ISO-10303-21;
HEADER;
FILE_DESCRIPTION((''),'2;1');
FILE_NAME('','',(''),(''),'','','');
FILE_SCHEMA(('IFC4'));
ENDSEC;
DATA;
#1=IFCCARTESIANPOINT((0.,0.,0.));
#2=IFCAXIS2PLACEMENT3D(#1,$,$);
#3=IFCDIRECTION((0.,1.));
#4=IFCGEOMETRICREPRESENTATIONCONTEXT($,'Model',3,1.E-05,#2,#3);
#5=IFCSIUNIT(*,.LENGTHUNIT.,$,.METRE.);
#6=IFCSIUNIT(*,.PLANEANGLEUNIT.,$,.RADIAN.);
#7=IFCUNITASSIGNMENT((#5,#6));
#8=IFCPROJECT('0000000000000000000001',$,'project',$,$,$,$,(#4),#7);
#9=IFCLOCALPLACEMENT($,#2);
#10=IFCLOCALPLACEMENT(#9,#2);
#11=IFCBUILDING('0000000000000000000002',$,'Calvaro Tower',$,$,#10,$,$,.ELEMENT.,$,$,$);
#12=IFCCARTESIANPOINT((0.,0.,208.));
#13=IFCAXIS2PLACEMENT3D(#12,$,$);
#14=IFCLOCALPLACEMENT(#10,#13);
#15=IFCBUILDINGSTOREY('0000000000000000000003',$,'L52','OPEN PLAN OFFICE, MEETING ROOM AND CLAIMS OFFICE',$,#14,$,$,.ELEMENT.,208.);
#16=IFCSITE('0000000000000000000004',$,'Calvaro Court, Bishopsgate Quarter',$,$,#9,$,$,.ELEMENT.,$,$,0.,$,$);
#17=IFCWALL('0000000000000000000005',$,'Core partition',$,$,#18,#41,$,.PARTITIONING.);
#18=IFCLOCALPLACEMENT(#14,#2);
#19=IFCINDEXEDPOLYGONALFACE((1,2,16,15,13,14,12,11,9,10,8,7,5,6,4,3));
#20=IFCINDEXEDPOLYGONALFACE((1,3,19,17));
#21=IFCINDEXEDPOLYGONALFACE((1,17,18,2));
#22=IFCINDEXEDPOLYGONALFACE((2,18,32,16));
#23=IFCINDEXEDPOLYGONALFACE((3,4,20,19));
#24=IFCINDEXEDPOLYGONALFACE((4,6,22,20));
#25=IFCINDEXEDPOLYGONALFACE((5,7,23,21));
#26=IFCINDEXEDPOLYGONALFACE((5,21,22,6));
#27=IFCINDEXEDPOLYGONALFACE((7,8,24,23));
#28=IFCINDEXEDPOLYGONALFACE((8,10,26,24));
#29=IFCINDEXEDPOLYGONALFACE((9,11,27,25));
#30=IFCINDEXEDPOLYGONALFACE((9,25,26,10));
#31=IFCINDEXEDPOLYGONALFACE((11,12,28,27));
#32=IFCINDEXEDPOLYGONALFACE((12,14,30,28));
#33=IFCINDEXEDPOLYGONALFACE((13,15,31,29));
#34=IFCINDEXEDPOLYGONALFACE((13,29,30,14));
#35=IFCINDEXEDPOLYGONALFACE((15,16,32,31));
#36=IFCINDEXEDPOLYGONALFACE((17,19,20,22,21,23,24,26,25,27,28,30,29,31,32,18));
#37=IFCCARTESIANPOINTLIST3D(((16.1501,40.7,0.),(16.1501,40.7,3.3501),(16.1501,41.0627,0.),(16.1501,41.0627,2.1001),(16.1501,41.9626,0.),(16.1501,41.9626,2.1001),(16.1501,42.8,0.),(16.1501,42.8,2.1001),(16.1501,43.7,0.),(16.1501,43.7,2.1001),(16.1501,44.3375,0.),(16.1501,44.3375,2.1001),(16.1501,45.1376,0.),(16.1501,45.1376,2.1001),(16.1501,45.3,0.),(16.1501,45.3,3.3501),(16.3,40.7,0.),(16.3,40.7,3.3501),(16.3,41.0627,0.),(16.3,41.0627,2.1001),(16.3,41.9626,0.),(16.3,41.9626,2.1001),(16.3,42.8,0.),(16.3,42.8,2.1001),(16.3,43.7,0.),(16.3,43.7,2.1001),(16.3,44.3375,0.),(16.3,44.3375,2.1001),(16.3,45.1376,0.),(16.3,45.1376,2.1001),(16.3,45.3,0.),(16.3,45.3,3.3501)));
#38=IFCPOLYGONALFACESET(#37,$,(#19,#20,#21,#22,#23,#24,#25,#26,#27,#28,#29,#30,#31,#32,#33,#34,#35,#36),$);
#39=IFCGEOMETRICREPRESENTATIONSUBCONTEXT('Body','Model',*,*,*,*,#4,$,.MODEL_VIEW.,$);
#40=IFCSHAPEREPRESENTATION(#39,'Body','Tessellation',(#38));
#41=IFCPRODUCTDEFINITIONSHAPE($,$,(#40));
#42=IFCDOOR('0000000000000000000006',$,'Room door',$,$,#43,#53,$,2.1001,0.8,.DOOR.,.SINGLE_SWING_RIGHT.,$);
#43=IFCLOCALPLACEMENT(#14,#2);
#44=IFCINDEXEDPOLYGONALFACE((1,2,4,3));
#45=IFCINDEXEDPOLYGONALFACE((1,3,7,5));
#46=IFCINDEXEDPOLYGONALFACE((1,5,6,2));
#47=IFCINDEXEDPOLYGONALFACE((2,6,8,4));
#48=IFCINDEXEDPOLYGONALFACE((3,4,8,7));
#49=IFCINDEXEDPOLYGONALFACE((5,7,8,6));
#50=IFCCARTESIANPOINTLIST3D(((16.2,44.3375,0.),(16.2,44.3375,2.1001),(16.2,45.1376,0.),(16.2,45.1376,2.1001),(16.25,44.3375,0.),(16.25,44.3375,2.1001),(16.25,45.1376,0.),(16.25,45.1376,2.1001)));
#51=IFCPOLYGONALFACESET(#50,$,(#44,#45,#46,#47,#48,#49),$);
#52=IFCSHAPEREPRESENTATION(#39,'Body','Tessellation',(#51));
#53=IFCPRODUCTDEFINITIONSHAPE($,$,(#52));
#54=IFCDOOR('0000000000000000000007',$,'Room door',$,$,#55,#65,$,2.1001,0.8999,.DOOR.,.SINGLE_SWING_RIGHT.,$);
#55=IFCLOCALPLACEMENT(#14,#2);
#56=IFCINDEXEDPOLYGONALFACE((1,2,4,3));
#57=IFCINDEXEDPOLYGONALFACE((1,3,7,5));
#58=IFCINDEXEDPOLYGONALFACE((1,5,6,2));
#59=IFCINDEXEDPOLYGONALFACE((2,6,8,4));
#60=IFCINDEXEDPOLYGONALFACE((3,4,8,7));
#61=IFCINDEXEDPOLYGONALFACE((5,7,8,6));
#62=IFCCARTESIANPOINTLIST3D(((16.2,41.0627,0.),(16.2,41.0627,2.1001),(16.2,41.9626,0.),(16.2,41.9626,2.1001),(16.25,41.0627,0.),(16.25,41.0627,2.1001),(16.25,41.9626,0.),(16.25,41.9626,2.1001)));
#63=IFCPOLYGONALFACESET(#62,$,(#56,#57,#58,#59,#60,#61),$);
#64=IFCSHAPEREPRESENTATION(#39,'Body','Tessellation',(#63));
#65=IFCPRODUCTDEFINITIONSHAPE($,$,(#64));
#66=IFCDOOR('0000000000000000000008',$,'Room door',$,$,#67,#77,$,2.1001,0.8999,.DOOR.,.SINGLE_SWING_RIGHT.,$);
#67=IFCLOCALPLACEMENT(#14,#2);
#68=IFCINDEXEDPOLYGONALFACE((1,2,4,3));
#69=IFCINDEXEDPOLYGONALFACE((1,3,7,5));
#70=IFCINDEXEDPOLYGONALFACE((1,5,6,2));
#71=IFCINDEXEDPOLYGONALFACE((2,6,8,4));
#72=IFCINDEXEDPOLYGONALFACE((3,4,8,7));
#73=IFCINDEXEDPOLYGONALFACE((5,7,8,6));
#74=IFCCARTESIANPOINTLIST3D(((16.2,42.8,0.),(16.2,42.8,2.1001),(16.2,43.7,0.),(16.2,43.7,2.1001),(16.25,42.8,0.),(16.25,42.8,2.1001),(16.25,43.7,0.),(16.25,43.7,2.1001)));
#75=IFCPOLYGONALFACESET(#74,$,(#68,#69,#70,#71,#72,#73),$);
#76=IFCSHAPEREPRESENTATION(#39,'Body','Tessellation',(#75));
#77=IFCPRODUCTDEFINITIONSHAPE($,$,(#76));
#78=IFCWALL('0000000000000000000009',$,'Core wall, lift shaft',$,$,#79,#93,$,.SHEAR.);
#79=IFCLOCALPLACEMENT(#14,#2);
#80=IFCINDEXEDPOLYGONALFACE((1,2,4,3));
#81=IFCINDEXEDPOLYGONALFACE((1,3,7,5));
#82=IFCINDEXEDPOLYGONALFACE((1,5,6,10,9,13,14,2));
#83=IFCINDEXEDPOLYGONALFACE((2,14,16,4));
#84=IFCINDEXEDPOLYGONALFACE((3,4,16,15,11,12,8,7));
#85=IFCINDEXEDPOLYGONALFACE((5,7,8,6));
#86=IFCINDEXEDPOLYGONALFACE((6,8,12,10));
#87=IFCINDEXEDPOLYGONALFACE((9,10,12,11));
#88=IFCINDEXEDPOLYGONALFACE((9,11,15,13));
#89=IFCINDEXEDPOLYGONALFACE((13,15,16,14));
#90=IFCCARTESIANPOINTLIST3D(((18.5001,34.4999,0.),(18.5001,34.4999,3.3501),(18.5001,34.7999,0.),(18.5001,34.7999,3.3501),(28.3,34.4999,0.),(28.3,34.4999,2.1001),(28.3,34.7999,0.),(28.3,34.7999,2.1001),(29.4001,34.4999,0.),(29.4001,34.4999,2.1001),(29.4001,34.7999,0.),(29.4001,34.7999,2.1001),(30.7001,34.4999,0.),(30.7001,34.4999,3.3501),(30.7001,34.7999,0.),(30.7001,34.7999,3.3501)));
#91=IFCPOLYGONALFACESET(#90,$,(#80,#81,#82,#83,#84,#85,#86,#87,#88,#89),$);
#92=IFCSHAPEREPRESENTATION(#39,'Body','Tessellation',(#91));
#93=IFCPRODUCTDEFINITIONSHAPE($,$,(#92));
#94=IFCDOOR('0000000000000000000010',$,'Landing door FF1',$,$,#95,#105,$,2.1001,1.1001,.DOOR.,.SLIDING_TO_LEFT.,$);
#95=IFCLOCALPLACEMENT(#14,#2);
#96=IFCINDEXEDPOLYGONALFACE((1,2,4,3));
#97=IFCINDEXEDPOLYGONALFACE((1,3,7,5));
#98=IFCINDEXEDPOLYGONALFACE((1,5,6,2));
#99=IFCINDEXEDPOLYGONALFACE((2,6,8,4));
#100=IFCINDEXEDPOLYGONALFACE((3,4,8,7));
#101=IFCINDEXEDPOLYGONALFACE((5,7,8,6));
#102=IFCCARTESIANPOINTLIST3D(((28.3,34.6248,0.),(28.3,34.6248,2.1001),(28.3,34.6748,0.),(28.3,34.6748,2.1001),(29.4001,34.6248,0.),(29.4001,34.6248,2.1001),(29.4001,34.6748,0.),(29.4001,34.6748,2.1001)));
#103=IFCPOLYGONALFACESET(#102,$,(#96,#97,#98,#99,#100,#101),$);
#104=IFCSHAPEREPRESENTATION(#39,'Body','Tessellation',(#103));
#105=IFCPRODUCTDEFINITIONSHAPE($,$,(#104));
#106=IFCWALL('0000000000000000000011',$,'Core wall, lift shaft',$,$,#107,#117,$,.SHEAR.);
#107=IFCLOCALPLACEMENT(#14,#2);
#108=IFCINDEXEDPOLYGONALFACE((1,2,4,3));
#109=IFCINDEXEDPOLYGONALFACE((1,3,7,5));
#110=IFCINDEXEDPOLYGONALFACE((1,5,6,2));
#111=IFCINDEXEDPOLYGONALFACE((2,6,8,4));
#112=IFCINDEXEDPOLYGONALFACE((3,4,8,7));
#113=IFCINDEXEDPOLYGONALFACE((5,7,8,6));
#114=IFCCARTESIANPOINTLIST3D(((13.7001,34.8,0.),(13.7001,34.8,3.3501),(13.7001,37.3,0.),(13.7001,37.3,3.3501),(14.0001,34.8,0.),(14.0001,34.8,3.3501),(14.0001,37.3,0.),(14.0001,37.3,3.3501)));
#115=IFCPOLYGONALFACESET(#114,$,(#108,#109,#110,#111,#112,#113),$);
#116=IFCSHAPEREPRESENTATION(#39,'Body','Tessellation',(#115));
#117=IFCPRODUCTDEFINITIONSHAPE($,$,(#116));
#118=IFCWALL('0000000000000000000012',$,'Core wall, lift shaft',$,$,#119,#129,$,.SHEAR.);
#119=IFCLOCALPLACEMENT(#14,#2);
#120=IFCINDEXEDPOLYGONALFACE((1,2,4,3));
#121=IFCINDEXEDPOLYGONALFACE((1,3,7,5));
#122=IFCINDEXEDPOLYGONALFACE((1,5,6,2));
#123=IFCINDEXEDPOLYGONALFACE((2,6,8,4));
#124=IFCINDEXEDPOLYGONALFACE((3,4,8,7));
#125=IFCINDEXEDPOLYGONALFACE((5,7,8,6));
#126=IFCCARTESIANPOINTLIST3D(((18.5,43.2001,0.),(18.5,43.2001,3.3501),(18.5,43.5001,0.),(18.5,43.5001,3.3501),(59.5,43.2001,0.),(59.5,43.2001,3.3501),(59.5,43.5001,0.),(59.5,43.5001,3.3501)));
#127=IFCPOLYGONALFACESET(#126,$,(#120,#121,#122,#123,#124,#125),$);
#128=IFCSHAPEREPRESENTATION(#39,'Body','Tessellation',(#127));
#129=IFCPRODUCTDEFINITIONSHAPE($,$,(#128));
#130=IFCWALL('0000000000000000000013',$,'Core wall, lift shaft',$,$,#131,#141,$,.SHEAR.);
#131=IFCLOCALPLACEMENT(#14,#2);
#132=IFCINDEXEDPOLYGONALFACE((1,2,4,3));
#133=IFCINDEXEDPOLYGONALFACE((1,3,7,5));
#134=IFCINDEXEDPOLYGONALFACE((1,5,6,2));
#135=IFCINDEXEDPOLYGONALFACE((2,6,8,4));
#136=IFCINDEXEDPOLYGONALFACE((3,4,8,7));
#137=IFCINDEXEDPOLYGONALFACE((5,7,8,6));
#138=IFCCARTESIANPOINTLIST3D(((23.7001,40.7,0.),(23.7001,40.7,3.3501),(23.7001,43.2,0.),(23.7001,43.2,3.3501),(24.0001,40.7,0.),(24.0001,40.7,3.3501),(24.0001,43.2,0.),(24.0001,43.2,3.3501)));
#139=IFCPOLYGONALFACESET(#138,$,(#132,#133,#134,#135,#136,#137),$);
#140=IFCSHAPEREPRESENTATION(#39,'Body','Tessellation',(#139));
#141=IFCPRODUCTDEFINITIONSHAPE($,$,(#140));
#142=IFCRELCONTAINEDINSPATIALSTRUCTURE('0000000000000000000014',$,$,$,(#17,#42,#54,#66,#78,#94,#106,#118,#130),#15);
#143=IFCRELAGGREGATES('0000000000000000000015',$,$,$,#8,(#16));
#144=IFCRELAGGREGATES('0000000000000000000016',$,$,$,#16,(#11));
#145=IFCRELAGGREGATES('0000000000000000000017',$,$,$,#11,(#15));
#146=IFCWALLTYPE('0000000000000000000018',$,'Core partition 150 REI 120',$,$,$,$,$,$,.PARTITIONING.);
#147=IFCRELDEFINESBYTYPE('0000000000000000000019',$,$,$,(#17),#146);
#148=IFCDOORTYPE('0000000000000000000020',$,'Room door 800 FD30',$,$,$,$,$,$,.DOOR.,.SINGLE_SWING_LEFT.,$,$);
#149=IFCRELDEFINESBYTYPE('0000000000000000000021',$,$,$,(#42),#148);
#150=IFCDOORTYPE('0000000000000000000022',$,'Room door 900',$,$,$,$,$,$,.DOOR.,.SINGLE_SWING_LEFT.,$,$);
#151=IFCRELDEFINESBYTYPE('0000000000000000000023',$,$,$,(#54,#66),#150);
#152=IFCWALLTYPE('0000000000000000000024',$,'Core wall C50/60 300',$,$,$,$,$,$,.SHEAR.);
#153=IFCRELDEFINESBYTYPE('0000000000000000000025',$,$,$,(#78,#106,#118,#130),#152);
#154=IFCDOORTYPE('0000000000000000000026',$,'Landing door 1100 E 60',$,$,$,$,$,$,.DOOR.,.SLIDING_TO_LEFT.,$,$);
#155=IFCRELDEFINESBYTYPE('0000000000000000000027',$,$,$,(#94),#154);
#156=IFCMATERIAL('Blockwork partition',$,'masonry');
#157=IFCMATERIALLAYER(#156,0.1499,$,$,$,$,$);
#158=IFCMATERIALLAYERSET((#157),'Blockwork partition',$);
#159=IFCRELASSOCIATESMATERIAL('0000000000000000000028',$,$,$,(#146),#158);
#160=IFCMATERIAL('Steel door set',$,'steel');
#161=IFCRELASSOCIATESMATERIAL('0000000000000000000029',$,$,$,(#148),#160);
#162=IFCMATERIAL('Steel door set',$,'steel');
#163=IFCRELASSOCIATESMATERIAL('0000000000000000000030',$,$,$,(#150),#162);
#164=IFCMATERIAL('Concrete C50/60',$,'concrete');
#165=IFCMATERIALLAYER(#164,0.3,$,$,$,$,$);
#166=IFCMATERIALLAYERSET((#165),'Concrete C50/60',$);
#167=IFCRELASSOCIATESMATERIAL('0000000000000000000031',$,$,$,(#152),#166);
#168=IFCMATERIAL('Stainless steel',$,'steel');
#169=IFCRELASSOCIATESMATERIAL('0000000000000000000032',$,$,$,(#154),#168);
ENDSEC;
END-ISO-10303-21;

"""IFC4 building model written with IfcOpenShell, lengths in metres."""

from ifc_helpers import new_model, si_unit, direction, frame, frame_2d, origin, place, context, subcontext, project, spatial, rectangle, extrude, material, layer, layer_set, type_object, element, fill, save


model = new_model("IFC4")

# Units and contexts
model_context = context("Model", 3, precision=1e-05, world=origin(), true_north=direction((0.0, 1.0)))
body_context = subcontext(model_context, "Body", "Model", "MODEL_VIEW")
ifc_project = project(units=[si_unit("LENGTHUNIT", "METRE"), si_unit("PLANEANGLEUNIT", "RADIAN")], contexts=[model_context])

# Site, building, storey
site_placement = place(None, origin())
site = spatial("IfcSite", under=ifc_project, at=site_placement, Name="Calvaro Court, Bishopsgate Quarter", CompositionType="ELEMENT", RefElevation=0.0)
building_placement = place(site_placement, origin())
building = spatial("IfcBuilding", under=site, at=building_placement, Name="Calvaro Tower", CompositionType="ELEMENT")
storey_placement = place(building_placement, frame((0.0, 0.0, 208.0)))
storey = spatial("IfcBuildingStorey", under=building, at=storey_placement, Name="L52", Description="OPEN PLAN OFFICE, MEETING ROOM AND CLAIMS OFFICE", CompositionType="ELEMENT", Elevation=208.0)

# Wall, openings, doors
ifc_material_1 = material(Name="Blockwork partition", Category="masonry")
ifc_layer_1 = layer(ifc_material_1, 0.1499)
ifc_layer_set_1 = layer_set([ifc_layer_1], Name="Blockwork partition")
wall_type_1 = type_object("IfcWallType", Name="Core partition 150 REI 120", PredefinedType="PARTITIONING", material=ifc_layer_set_1)
wall_1_placement = place(storey_placement, frame((16.2251, 45.3, 0.0), z_axis=(0.0, 0.0, 1.0), x_axis=(0.0, -1.0, 0.0)))
wall_1 = element("IfcWall", 1, at=wall_1_placement, inside=storey, type_object=wall_type_1, Name="Core partition", PredefinedType="PARTITIONING", context=body_context, shape_type="SweptSolid", body=[
    extrude(rectangle(XDim=4.6001, YDim=0.1499, at=frame_2d((2.3, 0.0))), origin(), (0.0, 0.0, 1.0), 3.3501),
])
opening_1_placement = place(wall_1_placement, frame((3.3374, 0.0, 0.0)))
opening_1 = element("IfcOpeningElement", 2, at=opening_1_placement, cuts=wall_1, PredefinedType="OPENING", context=body_context, shape_type="SweptSolid", body=[
    extrude(rectangle(XDim=0.8999, YDim=2.1001, at=frame_2d((0.45, 1.05))), frame((0.0, 0.085, 0.0), z_axis=(0.0, -1.0, 0.0), x_axis=(1.0, 0.0, 0.0)), (0.0, 0.0, 1.0), 0.1699),
])
opening_2_placement = place(wall_1_placement, frame((1.6001, 0.0, 0.0)))
opening_2 = element("IfcOpeningElement", 3, at=opening_2_placement, cuts=wall_1, PredefinedType="OPENING", context=body_context, shape_type="SweptSolid", body=[
    extrude(rectangle(XDim=0.8999, YDim=2.1001, at=frame_2d((0.45, 1.05))), frame((0.0, 0.085, 0.0), z_axis=(0.0, -1.0, 0.0), x_axis=(1.0, 0.0, 0.0)), (0.0, 0.0, 1.0), 0.1699),
])
opening_3_placement = place(wall_1_placement, frame((0.1626, 0.0, 0.0)))
opening_3 = element("IfcOpeningElement", 4, at=opening_3_placement, cuts=wall_1, PredefinedType="OPENING", context=body_context, shape_type="SweptSolid", body=[
    extrude(rectangle(XDim=0.8, YDim=2.1001, at=frame_2d((0.3999, 1.05))), frame((0.0, 0.085, 0.0), z_axis=(0.0, -1.0, 0.0), x_axis=(1.0, 0.0, 0.0)), (0.0, 0.0, 1.0), 0.1699),
])
ifc_material_2 = material(Name="Steel door set", Category="steel")
door_type_1 = type_object("IfcDoorType", Name="Room door 800 FD30", OperationType="SINGLE_SWING_LEFT", PredefinedType="DOOR", material=ifc_material_2)
door_1_placement = place(opening_3_placement, origin())
door_1 = element("IfcDoor", 5, at=door_1_placement, inside=storey, type_object=door_type_1, Name="Room door", OperationType="SINGLE_SWING_RIGHT", OverallHeight=2.1001, OverallWidth=0.8, PredefinedType="DOOR", context=body_context, shape_type="SweptSolid", body=[
    extrude(rectangle(XDim=0.8, YDim=2.1001, at=frame_2d((0.3999, 1.05))), frame((0.0, 0.0249, 0.0), z_axis=(0.0, -1.0, 0.0), x_axis=(1.0, 0.0, 0.0)), (0.0, 0.0, 1.0), 0.05),
])
fill(opening_3, door_1)
ifc_material_3 = material(Name="Steel door set", Category="steel")
door_type_2 = type_object("IfcDoorType", Name="Room door 900", OperationType="SINGLE_SWING_LEFT", PredefinedType="DOOR", material=ifc_material_3)
door_2_placement = place(opening_1_placement, origin())
door_2 = element("IfcDoor", 6, at=door_2_placement, inside=storey, type_object=door_type_2, Name="Room door", OperationType="SINGLE_SWING_RIGHT", OverallHeight=2.1001, OverallWidth=0.8999, PredefinedType="DOOR", context=body_context, shape_type="SweptSolid", body=[
    extrude(rectangle(XDim=0.8999, YDim=2.1001, at=frame_2d((0.45, 1.05))), frame((0.0, 0.0249, 0.0), z_axis=(0.0, -1.0, 0.0), x_axis=(1.0, 0.0, 0.0)), (0.0, 0.0, 1.0), 0.05),
])
fill(opening_1, door_2)
door_3_placement = place(opening_2_placement, origin())
door_3 = element("IfcDoor", 7, at=door_3_placement, inside=storey, type_object=door_type_2, Name="Room door", OperationType="SINGLE_SWING_RIGHT", OverallHeight=2.1001, OverallWidth=0.8999, PredefinedType="DOOR", context=body_context, shape_type="SweptSolid", body=[
    extrude(rectangle(XDim=0.8999, YDim=2.1001, at=frame_2d((0.45, 1.05))), frame((0.0, 0.0249, 0.0), z_axis=(0.0, -1.0, 0.0), x_axis=(1.0, 0.0, 0.0)), (0.0, 0.0, 1.0), 0.05),
])
fill(opening_2, door_3)

# Wall, opening, door
ifc_material_4 = material(Name="Concrete C50/60", Category="concrete")
ifc_layer_2 = layer(ifc_material_4, 0.3)
ifc_layer_set_2 = layer_set([ifc_layer_2], Name="Concrete C50/60")
wall_type_2 = type_object("IfcWallType", Name="Core wall C50/60 300", PredefinedType="SHEAR", material=ifc_layer_set_2)
wall_2_placement = place(storey_placement, frame((18.5, 34.6499, 0.0), z_axis=(0.0, 0.0, 1.0), x_axis=(1.0, 0.0, 0.0)))
wall_2 = element("IfcWall", 8, at=wall_2_placement, inside=storey, type_object=wall_type_2, Name="Core wall, lift shaft", PredefinedType="SHEAR", context=body_context, shape_type="SweptSolid", body=[
    extrude(rectangle(XDim=12.2, YDim=0.3, at=frame_2d((6.1001, 0.0))), origin(), (0.0, 0.0, 1.0), 3.3501),
])
opening_4_placement = place(wall_2_placement, frame((9.8, 0.0, 0.0)))
opening_4 = element("IfcOpeningElement", 9, at=opening_4_placement, cuts=wall_2, PredefinedType="OPENING", context=body_context, shape_type="SweptSolid", body=[
    extrude(rectangle(XDim=1.1001, YDim=2.1001, at=frame_2d((0.55, 1.05))), frame((0.0, 0.1599, 0.0), z_axis=(0.0, -1.0, 0.0), x_axis=(1.0, 0.0, 0.0)), (0.0, 0.0, 1.0), 0.3201),
])
ifc_material_5 = material(Name="Stainless steel", Category="steel")
door_type_3 = type_object("IfcDoorType", Name="Landing door 1100 E 60", OperationType="SLIDING_TO_LEFT", PredefinedType="DOOR", material=ifc_material_5)
door_4_placement = place(opening_4_placement, origin())
door_4 = element("IfcDoor", 10, at=door_4_placement, inside=storey, type_object=door_type_3, Name="Landing door FF1", OperationType="SLIDING_TO_LEFT", OverallHeight=2.1001, OverallWidth=1.1001, PredefinedType="DOOR", context=body_context, shape_type="SweptSolid", body=[
    extrude(rectangle(XDim=1.1001, YDim=2.1001, at=frame_2d((0.55, 1.05))), frame((0.0, 0.0249, 0.0), z_axis=(0.0, -1.0, 0.0), x_axis=(1.0, 0.0, 0.0)), (0.0, 0.0, 1.0), 0.05),
])
fill(opening_4, door_4)

# Wall
wall_3_placement = place(storey_placement, frame((13.8501, 34.8, 0.0), z_axis=(0.0, 0.0, 1.0), x_axis=(0.0, 1.0, 0.0)))
element("IfcWall", 11, at=wall_3_placement, inside=storey, type_object=wall_type_2, Name="Core wall, lift shaft", PredefinedType="SHEAR", context=body_context, shape_type="SweptSolid", body=[
    extrude(rectangle(XDim=2.5, YDim=0.3, at=frame_2d((1.25, 0.0))), origin(), (0.0, 0.0, 1.0), 3.3501),
])

# Walls
wall_4_placement = place(storey_placement, frame((18.5, 43.3501, 0.0), z_axis=(0.0, 0.0, 1.0), x_axis=(1.0, 0.0, 0.0)))
element("IfcWall", 12, at=wall_4_placement, inside=storey, type_object=wall_type_2, Name="Core wall, lift shaft", PredefinedType="SHEAR", context=body_context, shape_type="SweptSolid", body=[
    extrude(rectangle(XDim=41.0, YDim=0.3, at=frame_2d((20.5, 0.0))), origin(), (0.0, 0.0, 1.0), 3.3501),
])
wall_5_placement = place(storey_placement, frame((23.8501, 40.7, 0.0), z_axis=(0.0, 0.0, 1.0), x_axis=(0.0, 1.0, 0.0)))
element("IfcWall", 13, at=wall_5_placement, inside=storey, type_object=wall_type_2, Name="Core wall, lift shaft", PredefinedType="SHEAR", context=body_context, shape_type="SweptSolid", body=[
    extrude(rectangle(XDim=2.5, YDim=0.3, at=frame_2d((1.25, 0.0))), origin(), (0.0, 0.0, 1.0), 3.3501),
])

save(model, "model.ifc")
